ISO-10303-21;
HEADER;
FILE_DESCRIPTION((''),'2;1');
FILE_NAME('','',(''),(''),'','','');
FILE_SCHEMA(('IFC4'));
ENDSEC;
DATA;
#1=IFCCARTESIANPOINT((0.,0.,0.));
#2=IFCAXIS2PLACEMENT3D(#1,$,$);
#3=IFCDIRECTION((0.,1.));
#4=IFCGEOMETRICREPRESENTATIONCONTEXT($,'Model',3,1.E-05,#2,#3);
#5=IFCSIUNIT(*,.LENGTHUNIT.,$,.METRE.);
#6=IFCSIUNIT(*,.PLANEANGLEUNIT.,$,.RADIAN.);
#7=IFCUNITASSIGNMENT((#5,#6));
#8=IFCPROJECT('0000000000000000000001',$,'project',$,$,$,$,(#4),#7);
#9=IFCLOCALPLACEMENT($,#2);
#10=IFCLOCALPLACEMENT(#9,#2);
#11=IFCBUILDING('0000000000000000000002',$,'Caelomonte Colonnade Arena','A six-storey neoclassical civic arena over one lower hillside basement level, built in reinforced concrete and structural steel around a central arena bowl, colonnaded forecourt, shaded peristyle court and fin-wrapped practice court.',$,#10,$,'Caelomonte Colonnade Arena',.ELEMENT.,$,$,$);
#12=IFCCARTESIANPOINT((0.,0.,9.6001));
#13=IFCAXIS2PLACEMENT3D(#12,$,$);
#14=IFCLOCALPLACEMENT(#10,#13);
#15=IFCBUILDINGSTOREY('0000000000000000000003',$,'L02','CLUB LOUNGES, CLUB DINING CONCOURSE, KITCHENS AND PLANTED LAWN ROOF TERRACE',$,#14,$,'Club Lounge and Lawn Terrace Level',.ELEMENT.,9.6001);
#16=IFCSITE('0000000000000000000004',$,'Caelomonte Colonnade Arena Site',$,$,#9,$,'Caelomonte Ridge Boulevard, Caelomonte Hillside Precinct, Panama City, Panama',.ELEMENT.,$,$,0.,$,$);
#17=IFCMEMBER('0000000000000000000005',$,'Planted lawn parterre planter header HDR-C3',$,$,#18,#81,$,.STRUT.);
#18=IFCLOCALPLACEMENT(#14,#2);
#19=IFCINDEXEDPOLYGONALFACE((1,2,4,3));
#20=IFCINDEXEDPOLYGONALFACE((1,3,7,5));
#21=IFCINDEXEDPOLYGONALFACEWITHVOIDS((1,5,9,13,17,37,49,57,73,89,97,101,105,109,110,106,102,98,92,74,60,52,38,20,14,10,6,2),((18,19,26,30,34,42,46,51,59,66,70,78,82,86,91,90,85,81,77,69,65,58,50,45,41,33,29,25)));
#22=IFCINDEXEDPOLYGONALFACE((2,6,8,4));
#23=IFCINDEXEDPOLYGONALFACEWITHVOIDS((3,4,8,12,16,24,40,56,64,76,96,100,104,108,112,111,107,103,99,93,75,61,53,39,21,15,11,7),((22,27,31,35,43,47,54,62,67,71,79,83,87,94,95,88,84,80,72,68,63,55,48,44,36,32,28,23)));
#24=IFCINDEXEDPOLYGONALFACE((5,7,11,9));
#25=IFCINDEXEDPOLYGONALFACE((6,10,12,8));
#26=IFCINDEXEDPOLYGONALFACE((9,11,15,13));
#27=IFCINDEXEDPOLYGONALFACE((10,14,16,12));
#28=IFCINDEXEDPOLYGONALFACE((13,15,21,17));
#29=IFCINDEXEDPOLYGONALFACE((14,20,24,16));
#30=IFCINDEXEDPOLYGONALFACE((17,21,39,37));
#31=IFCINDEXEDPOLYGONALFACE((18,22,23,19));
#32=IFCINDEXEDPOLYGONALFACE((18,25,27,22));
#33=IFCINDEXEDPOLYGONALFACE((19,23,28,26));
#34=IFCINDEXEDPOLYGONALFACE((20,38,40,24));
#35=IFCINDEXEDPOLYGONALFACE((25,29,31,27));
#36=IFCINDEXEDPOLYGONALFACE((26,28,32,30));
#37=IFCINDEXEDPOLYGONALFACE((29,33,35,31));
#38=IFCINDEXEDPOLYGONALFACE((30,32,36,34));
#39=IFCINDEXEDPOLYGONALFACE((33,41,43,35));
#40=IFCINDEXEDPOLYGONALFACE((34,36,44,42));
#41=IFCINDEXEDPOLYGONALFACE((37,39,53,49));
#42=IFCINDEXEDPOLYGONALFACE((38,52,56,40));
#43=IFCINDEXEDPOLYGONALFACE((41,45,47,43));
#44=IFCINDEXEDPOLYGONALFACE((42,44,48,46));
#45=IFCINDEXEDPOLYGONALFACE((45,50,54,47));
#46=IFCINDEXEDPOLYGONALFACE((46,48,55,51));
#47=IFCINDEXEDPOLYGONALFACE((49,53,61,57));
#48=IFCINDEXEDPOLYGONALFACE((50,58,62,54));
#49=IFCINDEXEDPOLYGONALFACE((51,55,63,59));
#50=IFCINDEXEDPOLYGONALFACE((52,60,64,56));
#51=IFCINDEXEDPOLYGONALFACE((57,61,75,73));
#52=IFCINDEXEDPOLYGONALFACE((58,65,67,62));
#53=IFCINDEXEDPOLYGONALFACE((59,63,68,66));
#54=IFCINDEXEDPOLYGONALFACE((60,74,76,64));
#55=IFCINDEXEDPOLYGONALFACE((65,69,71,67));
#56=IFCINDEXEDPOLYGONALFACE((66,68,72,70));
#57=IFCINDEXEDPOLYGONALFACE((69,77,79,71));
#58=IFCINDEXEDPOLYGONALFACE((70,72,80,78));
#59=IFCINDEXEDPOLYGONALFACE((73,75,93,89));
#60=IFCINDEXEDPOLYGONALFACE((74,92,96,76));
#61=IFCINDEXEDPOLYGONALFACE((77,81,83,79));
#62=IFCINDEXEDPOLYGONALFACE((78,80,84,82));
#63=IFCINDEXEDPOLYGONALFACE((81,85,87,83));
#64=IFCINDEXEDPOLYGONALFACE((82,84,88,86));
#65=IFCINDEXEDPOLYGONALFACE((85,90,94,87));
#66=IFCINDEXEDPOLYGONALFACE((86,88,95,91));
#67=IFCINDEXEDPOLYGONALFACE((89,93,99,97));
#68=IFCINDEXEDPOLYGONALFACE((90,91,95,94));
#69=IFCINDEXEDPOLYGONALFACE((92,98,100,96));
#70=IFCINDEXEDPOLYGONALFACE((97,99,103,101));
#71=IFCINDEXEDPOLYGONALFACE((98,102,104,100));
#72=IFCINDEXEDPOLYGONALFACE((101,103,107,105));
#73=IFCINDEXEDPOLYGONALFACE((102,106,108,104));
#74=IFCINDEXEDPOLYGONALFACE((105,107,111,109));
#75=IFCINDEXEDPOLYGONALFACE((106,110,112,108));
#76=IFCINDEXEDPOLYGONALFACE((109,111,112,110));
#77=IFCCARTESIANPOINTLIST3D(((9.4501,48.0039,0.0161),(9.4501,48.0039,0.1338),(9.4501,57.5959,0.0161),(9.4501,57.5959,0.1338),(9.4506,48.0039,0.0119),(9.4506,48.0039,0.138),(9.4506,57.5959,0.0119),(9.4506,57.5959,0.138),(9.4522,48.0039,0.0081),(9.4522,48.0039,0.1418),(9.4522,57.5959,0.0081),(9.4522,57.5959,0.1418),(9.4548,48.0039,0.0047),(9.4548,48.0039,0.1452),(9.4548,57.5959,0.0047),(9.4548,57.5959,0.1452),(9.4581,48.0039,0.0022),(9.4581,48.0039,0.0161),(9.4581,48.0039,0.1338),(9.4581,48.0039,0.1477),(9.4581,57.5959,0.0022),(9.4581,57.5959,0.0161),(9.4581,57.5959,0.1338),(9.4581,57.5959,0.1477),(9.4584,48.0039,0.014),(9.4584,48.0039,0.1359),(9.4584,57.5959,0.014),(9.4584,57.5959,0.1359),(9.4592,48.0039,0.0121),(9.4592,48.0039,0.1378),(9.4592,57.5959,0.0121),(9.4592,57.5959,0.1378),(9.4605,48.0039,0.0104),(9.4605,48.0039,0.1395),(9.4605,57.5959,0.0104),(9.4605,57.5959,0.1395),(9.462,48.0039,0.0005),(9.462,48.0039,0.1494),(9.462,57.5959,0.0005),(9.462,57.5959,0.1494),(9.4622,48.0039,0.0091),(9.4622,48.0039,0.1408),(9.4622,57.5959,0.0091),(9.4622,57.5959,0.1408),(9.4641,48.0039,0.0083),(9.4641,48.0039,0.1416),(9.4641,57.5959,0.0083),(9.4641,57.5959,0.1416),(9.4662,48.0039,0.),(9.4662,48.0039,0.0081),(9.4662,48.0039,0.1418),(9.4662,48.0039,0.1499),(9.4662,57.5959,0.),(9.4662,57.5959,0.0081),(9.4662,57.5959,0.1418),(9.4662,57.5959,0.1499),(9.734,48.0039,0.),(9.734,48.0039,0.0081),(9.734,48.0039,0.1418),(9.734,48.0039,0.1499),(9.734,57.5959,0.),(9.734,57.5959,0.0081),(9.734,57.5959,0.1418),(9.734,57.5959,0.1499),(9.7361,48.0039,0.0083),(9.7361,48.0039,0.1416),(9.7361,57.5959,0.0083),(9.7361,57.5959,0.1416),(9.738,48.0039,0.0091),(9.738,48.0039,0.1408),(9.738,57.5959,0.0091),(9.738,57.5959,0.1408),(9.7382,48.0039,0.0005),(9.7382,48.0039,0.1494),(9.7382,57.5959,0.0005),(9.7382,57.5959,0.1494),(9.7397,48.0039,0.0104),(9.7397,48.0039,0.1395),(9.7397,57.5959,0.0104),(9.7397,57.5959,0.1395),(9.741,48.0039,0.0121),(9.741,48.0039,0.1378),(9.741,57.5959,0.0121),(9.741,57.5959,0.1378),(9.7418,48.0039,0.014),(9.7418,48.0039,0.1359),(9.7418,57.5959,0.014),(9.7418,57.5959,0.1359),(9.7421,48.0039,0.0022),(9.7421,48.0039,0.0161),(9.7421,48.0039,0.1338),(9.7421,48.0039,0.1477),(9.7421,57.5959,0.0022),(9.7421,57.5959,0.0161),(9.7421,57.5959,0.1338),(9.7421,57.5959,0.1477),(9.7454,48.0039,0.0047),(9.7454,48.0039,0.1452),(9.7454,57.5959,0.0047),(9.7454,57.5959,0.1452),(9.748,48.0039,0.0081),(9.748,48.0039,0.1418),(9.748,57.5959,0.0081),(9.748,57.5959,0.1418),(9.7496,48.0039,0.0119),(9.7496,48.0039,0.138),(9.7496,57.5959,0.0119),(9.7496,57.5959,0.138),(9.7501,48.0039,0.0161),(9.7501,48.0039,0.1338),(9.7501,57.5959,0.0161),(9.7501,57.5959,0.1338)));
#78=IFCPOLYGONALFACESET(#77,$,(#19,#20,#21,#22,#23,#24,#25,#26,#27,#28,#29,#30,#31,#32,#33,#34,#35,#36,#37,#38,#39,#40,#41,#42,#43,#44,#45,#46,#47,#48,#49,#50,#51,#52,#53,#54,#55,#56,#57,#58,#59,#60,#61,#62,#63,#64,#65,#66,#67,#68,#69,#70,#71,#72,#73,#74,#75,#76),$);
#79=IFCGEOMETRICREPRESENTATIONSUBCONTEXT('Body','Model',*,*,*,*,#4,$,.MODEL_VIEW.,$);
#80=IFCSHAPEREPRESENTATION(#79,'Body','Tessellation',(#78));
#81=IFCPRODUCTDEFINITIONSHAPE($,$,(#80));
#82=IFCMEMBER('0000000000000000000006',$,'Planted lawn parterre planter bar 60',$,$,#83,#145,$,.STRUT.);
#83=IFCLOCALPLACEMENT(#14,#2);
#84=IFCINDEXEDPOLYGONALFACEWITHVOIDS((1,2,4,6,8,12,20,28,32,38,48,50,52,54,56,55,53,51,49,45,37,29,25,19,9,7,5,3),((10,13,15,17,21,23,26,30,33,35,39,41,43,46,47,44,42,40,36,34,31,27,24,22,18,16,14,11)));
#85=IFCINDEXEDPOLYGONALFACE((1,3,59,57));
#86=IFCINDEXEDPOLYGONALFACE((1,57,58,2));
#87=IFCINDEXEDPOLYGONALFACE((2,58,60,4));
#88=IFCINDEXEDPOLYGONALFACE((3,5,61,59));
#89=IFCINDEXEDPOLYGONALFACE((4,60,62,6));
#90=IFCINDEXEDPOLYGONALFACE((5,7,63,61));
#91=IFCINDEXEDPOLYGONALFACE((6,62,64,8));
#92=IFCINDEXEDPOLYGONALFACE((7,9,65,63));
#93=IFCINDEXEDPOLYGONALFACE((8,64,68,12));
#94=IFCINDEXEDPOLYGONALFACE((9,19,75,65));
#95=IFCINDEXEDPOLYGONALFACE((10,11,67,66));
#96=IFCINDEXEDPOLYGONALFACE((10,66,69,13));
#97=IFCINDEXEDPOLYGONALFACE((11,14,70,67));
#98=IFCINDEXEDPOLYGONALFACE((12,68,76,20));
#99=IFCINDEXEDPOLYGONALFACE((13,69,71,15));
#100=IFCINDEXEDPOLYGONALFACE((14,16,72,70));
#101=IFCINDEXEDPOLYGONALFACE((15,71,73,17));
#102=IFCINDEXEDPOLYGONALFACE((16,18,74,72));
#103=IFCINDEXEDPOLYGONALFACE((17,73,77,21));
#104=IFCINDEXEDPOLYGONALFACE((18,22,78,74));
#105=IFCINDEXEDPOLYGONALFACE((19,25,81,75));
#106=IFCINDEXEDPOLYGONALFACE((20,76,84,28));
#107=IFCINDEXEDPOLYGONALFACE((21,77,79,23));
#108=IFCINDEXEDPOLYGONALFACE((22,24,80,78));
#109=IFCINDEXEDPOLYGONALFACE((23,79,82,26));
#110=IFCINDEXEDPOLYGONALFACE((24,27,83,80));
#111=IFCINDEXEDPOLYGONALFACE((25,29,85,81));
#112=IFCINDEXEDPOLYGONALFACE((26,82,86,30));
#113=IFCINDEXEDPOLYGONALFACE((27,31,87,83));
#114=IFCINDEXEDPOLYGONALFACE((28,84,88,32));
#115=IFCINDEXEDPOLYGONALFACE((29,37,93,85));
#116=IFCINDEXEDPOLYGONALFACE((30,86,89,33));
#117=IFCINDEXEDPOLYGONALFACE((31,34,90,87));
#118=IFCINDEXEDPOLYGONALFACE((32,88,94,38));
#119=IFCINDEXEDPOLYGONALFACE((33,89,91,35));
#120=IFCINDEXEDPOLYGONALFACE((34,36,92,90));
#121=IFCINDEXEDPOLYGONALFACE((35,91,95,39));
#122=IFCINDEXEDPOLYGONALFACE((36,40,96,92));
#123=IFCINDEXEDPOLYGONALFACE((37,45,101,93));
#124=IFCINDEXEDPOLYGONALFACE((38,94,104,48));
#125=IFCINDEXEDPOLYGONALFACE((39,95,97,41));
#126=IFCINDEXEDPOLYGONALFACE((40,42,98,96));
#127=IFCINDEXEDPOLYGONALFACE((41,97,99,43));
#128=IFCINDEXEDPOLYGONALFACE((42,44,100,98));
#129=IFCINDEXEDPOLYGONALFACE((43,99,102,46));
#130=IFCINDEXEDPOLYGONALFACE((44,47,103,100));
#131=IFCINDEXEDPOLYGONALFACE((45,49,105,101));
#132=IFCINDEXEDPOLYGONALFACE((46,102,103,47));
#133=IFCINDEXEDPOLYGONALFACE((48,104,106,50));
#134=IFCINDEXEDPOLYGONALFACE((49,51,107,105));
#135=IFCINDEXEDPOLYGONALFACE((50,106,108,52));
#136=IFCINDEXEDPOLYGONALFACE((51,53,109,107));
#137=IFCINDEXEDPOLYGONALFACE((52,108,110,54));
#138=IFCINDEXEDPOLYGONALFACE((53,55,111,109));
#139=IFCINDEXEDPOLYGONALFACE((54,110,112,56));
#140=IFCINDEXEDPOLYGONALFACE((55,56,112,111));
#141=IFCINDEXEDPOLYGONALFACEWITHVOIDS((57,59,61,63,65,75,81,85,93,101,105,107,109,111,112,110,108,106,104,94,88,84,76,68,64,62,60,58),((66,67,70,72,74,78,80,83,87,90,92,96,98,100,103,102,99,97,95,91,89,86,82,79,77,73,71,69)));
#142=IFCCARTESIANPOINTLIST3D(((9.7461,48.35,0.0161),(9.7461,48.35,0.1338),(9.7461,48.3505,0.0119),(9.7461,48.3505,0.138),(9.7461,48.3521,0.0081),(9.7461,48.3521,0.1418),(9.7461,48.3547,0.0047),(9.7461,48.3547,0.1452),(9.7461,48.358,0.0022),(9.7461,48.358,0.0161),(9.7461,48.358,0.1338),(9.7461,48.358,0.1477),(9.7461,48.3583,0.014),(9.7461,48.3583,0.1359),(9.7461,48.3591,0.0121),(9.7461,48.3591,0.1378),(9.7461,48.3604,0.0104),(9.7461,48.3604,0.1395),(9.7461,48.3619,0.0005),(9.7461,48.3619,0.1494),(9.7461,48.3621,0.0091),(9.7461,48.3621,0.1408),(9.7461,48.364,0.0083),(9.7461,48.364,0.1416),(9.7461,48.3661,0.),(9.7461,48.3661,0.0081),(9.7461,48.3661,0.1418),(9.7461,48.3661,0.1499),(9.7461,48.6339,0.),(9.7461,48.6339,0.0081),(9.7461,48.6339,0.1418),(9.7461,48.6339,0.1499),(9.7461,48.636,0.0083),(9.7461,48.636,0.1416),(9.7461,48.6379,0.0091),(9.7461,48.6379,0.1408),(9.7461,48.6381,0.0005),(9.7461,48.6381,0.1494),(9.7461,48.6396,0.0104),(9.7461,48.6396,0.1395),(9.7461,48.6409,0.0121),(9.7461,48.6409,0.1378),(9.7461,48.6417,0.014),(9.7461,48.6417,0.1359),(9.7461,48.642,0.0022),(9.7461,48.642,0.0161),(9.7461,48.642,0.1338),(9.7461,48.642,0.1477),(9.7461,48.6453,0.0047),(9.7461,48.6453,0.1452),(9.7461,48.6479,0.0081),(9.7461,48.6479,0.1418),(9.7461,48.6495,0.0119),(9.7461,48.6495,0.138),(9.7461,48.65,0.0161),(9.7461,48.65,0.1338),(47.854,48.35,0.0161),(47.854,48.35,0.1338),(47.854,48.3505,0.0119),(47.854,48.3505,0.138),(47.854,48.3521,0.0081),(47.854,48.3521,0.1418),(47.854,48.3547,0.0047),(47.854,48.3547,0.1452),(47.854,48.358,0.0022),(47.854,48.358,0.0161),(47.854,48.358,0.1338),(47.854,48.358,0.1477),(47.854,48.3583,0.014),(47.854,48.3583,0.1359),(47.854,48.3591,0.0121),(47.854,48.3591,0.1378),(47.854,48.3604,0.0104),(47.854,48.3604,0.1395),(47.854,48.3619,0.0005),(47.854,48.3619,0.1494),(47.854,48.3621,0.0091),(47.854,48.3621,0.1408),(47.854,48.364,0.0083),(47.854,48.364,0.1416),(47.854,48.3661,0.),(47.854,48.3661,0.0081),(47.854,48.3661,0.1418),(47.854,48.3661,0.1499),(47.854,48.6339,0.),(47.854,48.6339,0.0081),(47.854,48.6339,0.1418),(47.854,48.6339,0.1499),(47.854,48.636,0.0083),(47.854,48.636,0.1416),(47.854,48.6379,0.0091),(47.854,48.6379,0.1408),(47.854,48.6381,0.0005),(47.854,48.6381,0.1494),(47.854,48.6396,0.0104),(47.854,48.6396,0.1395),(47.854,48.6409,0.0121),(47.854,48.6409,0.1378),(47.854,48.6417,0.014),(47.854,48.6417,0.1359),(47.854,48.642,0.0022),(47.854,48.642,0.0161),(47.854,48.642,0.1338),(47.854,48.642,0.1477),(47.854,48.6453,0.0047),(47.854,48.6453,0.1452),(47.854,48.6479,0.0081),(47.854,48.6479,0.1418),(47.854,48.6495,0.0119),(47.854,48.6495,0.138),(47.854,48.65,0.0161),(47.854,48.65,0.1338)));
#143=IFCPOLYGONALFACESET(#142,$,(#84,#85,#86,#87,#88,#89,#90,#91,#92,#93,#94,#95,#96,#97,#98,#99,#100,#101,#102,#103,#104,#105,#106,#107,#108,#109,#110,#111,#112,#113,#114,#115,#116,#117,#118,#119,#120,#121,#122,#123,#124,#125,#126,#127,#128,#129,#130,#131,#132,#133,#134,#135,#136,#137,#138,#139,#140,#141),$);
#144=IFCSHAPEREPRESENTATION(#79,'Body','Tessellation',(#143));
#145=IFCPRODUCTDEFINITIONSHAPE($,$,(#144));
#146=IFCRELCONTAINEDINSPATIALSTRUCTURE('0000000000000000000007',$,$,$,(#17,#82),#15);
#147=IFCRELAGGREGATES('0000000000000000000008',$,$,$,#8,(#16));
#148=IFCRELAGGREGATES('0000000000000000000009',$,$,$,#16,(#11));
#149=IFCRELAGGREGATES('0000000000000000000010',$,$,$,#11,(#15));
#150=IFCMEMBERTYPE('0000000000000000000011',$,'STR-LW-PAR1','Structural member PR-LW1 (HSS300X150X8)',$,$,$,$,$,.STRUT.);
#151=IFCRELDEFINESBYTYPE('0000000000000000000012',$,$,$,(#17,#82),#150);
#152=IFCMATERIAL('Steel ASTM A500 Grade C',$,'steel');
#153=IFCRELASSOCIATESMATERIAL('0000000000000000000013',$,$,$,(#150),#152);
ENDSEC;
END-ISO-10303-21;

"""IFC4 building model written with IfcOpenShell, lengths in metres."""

from ifc_helpers import new_model, si_unit, direction, frame, origin, origin_2d, place, context, subcontext, project, spatial, hollow_rectangle, extrude, material, material_profile, profile_set, type_object, element, save


model = new_model("IFC4")

# Units and contexts
model_context = context("Model", 3, precision=1e-05, world=origin(), true_north=direction((0.0, 1.0)))
body_context = subcontext(model_context, "Body", "Model", "MODEL_VIEW")
ifc_project = project(units=[si_unit("LENGTHUNIT", "METRE"), si_unit("PLANEANGLEUNIT", "RADIAN")], contexts=[model_context])

# Site, building, storey
site_placement = place(None, origin())
site = spatial("IfcSite", under=ifc_project, at=site_placement, Name="Caelomonte Colonnade Arena Site", LongName="Caelomonte Ridge Boulevard, Caelomonte Hillside Precinct, Panama City, Panama", CompositionType="ELEMENT", RefElevation=0.0)
building_placement = place(site_placement, origin())
building = spatial("IfcBuilding", under=site, at=building_placement, Name="Caelomonte Colonnade Arena", Description="A six-storey neoclassical civic arena over one lower hillside basement level, built in reinforced concrete and structural steel around a central arena bowl, colonnaded forecourt, shaded peristyle court and fin-wrapped practice court.", LongName="Caelomonte Colonnade Arena", CompositionType="ELEMENT")
storey_placement = place(building_placement, frame((0.0, 0.0, 9.6001)))
storey = spatial("IfcBuildingStorey", under=building, at=storey_placement, Name="L02", Description="CLUB LOUNGES, CLUB DINING CONCOURSE, KITCHENS AND PLANTED LAWN ROOF TERRACE", LongName="Club Lounge and Lawn Terrace Level", CompositionType="ELEMENT", Elevation=9.6001)

# Members
ifc_material_1 = material(Name="Steel ASTM A500 Grade C", Category="steel")
ifc_material_profile_1 = material_profile(ifc_material_1, hollow_rectangle(XDim=0.3, YDim=0.1499, WallThickness=0.0081, InnerFilletRadius=0.0081, OuterFilletRadius=0.0161, at=origin_2d()), Name="HSS300X150X8")
ifc_profile_set_1 = profile_set([ifc_material_profile_1], Name="Steel ASTM A500 Grade C")
member_type = type_object("IfcMemberType", Name="STR-LW-PAR1", Description="Structural member PR-LW1 (HSS300X150X8)", PredefinedType="STRUT", material=ifc_profile_set_1)
member_placement = place(storey_placement, frame((9.6001, 48.0039, 0.075), z_axis=(0.0, 1.0, 0.0), x_axis=(-1.0, 0.0, 0.0)))
element("IfcMember", 1, at=member_placement, inside=storey, type_object=member_type, Name="Planted lawn parterre planter header HDR-C3", PredefinedType="STRUT", context=body_context, shape_type="SweptSolid", body=[
    extrude(hollow_rectangle(XDim=0.3, YDim=0.1499, WallThickness=0.0081, InnerFilletRadius=0.0081, OuterFilletRadius=0.0161, at=origin_2d()), origin(), (0.0, 0.0, 1.0), 9.592),
])
for number, where, z_axis, x_axis, name in (
    (2, (9.7461, 48.5, 0.075), (1.0, 0.0, 0.0), (0.0, 1.0, 0.0), "Planted lawn parterre planter bar 60"),
):
    element("IfcMember", number, at=place(storey_placement, frame(where, z_axis=z_axis, x_axis=x_axis)), inside=storey, type_object=member_type, Name=name, PredefinedType="STRUT", context=body_context, shape_type="SweptSolid", body=[
        extrude(hollow_rectangle(XDim=0.3, YDim=0.1499, WallThickness=0.0081, InnerFilletRadius=0.0081, OuterFilletRadius=0.0161, at=origin_2d()), origin(), (0.0, 0.0, 1.0), 38.1079),
    ])

save(model, "model.ifc")
